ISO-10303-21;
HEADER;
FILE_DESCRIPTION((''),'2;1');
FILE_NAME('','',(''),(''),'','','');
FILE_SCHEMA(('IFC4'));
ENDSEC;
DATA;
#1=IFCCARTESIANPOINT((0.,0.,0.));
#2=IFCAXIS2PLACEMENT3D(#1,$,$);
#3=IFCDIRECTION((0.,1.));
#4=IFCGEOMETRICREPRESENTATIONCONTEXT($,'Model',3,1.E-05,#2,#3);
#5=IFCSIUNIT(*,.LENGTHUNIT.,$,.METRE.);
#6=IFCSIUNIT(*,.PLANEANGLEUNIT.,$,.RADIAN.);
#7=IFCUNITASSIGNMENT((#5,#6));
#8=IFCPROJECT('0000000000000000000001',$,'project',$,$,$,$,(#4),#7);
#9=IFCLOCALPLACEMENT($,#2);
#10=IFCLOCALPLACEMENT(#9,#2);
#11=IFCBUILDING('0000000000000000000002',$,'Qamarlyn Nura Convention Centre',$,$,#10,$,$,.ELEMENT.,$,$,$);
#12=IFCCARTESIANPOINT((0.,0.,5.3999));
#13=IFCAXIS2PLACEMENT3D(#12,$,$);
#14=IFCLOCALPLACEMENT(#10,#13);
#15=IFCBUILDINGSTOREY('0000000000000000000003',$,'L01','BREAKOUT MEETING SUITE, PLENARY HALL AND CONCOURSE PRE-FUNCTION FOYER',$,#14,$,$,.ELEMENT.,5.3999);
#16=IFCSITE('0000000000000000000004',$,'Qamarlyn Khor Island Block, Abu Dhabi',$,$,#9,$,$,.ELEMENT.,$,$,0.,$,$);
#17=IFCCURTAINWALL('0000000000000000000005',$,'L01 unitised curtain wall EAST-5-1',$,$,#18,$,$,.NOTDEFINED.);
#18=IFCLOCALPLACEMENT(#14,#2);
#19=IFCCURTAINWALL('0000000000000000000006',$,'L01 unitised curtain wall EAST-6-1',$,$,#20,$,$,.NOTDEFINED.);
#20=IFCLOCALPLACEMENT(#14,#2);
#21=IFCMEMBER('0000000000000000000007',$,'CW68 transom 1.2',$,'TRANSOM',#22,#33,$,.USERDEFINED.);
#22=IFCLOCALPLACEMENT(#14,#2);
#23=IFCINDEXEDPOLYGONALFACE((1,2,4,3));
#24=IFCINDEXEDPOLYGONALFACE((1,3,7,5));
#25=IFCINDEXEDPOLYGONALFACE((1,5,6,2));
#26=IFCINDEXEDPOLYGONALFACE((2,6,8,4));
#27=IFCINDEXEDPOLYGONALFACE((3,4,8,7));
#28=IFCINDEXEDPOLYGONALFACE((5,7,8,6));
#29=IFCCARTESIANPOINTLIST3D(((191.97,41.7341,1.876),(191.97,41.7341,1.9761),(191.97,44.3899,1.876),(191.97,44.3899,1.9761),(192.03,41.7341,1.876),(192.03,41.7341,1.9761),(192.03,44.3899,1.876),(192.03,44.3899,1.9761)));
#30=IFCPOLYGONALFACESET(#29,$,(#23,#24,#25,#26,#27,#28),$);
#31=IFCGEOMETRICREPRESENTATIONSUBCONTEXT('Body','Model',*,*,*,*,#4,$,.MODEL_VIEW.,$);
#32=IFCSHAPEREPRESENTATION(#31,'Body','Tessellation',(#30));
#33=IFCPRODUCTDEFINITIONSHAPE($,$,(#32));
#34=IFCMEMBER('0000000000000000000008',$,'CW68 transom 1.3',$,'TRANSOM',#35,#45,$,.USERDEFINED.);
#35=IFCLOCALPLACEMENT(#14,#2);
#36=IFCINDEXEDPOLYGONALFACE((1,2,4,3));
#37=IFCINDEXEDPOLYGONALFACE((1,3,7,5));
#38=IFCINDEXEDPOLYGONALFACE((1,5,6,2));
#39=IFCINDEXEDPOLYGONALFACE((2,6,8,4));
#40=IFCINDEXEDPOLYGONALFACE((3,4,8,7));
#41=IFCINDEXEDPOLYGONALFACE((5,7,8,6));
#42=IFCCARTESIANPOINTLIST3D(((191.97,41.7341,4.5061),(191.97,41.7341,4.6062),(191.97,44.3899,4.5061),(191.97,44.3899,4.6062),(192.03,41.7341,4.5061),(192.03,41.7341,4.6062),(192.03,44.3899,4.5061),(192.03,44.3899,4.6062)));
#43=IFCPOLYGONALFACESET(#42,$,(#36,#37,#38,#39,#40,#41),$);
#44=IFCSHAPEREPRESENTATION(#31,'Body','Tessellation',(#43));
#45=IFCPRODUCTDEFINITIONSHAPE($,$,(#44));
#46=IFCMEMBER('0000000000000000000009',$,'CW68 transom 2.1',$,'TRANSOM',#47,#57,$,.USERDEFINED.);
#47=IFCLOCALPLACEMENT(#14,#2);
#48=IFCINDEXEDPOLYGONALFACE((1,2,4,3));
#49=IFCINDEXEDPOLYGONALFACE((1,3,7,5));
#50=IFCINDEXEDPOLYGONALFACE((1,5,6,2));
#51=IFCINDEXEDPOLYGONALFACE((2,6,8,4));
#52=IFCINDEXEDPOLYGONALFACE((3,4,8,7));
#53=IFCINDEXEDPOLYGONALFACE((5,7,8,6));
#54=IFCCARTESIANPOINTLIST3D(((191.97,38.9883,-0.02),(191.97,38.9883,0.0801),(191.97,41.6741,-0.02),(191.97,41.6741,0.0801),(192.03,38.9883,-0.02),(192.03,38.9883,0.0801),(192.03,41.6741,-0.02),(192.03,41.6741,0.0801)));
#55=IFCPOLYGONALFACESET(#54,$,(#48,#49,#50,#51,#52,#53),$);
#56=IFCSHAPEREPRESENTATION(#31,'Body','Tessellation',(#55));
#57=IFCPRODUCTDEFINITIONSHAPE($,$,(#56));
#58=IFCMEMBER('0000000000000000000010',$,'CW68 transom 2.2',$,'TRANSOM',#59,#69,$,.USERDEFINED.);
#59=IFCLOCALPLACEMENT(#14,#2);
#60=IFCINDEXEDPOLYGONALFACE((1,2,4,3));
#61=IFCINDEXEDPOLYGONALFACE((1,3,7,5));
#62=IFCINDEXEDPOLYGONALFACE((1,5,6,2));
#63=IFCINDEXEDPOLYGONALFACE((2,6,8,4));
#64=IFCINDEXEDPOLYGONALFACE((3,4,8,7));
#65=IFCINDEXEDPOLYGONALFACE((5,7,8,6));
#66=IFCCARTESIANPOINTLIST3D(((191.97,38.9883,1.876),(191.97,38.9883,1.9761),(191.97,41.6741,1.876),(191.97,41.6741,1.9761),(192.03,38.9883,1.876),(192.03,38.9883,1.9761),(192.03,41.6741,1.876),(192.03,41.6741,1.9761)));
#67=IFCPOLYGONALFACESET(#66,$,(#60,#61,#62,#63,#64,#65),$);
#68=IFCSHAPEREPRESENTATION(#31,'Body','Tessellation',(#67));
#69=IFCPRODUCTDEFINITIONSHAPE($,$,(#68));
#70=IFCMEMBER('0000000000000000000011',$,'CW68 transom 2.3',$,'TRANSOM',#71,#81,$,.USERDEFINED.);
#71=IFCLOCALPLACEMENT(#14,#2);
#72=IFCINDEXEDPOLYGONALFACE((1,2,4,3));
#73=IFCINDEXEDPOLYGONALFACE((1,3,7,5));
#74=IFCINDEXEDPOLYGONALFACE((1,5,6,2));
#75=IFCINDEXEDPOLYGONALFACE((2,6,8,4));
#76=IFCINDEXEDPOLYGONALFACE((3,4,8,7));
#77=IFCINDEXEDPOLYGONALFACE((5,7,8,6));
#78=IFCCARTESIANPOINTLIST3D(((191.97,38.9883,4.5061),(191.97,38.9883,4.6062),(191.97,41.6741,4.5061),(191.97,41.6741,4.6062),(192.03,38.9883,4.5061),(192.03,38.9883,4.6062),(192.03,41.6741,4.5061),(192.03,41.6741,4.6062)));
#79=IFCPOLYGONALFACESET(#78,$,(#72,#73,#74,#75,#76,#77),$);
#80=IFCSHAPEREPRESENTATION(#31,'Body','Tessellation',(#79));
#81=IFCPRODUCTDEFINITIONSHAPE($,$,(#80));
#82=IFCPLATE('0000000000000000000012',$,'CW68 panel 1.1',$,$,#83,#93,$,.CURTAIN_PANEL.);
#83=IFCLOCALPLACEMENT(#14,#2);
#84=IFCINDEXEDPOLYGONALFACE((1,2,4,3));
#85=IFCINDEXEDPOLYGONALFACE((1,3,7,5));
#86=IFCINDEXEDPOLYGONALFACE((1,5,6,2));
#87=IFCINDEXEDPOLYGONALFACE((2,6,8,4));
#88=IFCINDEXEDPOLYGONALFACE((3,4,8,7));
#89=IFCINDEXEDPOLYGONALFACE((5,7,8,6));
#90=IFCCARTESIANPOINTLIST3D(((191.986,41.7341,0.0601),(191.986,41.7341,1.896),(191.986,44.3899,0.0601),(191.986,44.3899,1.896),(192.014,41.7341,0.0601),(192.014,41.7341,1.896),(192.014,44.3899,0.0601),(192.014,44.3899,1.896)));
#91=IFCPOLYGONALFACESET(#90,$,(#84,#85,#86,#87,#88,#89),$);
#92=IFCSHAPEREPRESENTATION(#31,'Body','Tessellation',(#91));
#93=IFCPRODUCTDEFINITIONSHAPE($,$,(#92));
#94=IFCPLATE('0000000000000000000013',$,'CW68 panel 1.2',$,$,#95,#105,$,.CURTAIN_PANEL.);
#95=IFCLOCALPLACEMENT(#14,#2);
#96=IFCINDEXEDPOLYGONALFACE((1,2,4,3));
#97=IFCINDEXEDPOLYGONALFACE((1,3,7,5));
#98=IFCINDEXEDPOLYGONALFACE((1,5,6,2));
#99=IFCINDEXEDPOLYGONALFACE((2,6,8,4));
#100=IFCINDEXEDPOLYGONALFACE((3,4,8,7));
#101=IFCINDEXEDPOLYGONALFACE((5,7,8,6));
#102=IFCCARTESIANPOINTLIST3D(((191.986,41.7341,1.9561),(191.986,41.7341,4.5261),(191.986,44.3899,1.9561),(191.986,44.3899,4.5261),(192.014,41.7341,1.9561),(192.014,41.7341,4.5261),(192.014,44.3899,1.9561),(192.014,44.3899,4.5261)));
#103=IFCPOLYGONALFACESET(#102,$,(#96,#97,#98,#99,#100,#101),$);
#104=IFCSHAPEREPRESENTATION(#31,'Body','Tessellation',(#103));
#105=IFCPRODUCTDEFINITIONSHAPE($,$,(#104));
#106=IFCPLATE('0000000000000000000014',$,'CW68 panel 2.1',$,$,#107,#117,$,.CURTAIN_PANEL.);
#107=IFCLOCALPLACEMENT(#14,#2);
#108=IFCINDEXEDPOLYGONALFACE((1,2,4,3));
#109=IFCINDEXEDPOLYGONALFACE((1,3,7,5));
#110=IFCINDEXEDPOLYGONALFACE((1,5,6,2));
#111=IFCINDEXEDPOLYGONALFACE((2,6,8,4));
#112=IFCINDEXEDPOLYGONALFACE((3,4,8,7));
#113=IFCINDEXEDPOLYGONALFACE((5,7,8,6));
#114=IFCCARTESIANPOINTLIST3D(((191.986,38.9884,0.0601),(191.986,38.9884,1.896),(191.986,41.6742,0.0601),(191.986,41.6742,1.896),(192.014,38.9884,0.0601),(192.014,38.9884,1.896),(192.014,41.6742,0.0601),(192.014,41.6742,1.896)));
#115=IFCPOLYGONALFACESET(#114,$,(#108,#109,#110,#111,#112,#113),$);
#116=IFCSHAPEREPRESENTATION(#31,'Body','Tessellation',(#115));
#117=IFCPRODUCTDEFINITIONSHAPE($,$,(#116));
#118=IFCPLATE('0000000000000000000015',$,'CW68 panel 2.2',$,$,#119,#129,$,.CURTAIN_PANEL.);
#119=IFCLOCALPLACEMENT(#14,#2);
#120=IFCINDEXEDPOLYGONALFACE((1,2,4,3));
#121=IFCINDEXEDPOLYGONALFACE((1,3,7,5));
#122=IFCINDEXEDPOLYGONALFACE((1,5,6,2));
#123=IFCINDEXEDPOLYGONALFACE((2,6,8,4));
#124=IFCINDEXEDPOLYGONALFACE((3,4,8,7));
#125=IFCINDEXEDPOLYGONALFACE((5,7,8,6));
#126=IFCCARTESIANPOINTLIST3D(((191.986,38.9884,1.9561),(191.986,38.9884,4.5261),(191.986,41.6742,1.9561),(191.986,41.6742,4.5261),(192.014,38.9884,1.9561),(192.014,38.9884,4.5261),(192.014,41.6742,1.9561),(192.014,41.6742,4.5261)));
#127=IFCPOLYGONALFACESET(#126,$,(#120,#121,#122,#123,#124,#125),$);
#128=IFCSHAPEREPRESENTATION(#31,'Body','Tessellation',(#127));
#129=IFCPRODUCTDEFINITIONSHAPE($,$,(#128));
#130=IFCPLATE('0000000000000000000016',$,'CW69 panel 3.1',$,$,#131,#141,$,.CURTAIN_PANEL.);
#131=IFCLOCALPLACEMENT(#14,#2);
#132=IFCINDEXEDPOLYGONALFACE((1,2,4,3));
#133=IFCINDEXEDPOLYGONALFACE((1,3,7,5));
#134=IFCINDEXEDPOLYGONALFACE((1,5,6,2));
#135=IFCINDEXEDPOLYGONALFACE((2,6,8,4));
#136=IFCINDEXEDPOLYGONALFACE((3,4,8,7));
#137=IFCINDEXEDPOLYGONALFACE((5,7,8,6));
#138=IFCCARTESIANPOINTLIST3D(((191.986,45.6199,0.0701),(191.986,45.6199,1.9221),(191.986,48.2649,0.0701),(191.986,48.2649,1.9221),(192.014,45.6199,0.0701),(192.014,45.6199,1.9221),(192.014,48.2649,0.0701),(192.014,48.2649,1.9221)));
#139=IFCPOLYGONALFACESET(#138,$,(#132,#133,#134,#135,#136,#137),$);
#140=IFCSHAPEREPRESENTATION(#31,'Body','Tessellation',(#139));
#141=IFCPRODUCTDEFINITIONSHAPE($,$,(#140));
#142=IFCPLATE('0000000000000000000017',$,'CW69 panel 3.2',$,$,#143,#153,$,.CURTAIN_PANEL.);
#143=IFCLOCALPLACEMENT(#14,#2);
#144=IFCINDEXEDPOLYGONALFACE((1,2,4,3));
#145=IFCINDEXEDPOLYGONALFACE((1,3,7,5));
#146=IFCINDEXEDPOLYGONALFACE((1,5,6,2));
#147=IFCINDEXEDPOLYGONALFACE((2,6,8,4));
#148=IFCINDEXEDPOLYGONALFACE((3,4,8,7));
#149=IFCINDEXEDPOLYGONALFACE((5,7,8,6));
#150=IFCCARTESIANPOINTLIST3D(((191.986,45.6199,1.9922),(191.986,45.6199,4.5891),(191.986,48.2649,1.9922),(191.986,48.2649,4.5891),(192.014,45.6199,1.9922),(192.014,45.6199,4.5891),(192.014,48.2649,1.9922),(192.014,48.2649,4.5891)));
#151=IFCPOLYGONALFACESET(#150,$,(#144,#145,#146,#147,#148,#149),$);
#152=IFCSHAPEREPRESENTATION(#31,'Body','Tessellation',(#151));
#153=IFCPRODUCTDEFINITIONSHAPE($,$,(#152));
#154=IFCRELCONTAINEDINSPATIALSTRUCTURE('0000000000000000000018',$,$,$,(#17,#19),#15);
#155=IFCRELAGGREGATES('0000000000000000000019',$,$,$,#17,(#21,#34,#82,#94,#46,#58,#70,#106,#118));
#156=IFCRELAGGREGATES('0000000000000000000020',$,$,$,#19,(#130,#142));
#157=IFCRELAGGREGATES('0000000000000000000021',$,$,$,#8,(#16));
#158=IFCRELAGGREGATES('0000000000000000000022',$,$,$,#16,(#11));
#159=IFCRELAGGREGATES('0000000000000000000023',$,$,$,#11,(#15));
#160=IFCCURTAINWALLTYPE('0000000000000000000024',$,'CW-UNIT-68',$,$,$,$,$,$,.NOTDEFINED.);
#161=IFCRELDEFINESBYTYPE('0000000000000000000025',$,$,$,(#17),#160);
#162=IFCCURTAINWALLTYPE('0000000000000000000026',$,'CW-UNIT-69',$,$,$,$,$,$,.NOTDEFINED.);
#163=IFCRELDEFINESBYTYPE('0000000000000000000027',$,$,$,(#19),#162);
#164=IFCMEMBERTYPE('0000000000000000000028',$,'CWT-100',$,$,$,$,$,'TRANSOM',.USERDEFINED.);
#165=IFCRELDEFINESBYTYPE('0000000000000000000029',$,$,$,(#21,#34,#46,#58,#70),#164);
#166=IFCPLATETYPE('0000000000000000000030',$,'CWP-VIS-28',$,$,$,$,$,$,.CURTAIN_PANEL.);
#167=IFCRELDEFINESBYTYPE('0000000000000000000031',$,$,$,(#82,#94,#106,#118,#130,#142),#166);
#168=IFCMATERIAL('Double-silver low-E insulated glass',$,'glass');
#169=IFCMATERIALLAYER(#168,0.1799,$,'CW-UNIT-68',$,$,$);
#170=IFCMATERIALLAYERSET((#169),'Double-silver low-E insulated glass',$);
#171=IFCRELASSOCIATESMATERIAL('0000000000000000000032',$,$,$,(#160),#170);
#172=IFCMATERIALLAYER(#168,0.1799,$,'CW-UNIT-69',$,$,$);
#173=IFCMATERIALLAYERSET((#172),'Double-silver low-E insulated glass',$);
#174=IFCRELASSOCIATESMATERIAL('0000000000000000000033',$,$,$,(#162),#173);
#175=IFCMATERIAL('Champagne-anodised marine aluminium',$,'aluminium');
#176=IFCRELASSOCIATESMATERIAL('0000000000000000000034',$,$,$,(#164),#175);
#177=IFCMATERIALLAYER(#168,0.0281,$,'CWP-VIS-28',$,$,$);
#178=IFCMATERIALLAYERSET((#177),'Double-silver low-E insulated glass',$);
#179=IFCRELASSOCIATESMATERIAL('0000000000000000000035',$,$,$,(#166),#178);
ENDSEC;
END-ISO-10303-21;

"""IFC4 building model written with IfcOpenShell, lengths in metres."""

from ifc_helpers import new_model, si_unit, direction, frame, origin, origin_2d, place, context, subcontext, project, spatial, rectangle, extrude, material, layer, layer_set, material_profile, profile_set, type_object, element, aggregate, save


model = new_model("IFC4")

# Units and contexts
model_context = context("Model", 3, precision=1e-05, world=origin(), true_north=direction((0.0, 1.0)))
body_context = subcontext(model_context, "Body", "Model", "MODEL_VIEW")
ifc_project = project(units=[si_unit("LENGTHUNIT", "METRE"), si_unit("PLANEANGLEUNIT", "RADIAN")], contexts=[model_context])

# Site, building, storey
site_placement = place(None, origin())
site = spatial("IfcSite", under=ifc_project, at=site_placement, Name="Qamarlyn Khor Island Block, Abu Dhabi", CompositionType="ELEMENT", RefElevation=0.0)
building_placement = place(site_placement, origin())
building = spatial("IfcBuilding", under=site, at=building_placement, Name="Qamarlyn Nura Convention Centre", CompositionType="ELEMENT")
storey_placement = place(building_placement, frame((0.0, 0.0, 5.3999)))
storey = spatial("IfcBuildingStorey", under=building, at=storey_placement, Name="L01", Description="BREAKOUT MEETING SUITE, PLENARY HALL AND CONCOURSE PRE-FUNCTION FOYER", CompositionType="ELEMENT", Elevation=5.3999)

# Curtain wall
ifc_material_1 = material(Name="Double-silver low-E insulated glass", Category="glass")
ifc_layer_1 = layer(ifc_material_1, 0.1799, Name="CW-UNIT-68")
ifc_layer_set_1 = layer_set([ifc_layer_1], Name="Double-silver low-E insulated glass")
curtain_wall_type_1 = type_object("IfcCurtainWallType", Name="CW-UNIT-68", PredefinedType="NOTDEFINED", material=ifc_layer_set_1)
curtain_wall_1_placement = place(storey_placement, origin())
curtain_wall_1 = element("IfcCurtainWall", 1, at=curtain_wall_1_placement, inside=storey, type_object=curtain_wall_type_1, Name="L01 unitised curtain wall EAST-5-1", PredefinedType="NOTDEFINED")
ifc_material_2 = material(Name="Champagne-anodised marine aluminium", Category="aluminium")

# Curtain wall
ifc_layer_2 = layer(ifc_material_1, 0.1799, Name="CW-UNIT-69")
ifc_layer_set_2 = layer_set([ifc_layer_2], Name="Double-silver low-E insulated glass")
curtain_wall_type_2 = type_object("IfcCurtainWallType", Name="CW-UNIT-69", PredefinedType="NOTDEFINED", material=ifc_layer_set_2)
curtain_wall_2_placement = place(storey_placement, origin())
curtain_wall_2 = element("IfcCurtainWall", 2, at=curtain_wall_2_placement, inside=storey, type_object=curtain_wall_type_2, Name="L01 unitised curtain wall EAST-6-1", PredefinedType="NOTDEFINED")

# Members
ifc_material_profile_1 = material_profile(ifc_material_2, rectangle(XDim=0.0601, YDim=0.1001, at=origin_2d()), Name="ALU TRANSOM 60x100")
ifc_profile_set_1 = profile_set([ifc_material_profile_1], Name="Champagne-anodised marine aluminium")
member_type_1 = type_object("IfcMemberType", Name="CWT-100", ElementType="TRANSOM", PredefinedType="USERDEFINED", material=ifc_profile_set_1)
member_1_placement = place(storey_placement, frame((192.0, 44.3899, 1.926), z_axis=(0.0, -1.0, 0.0), x_axis=(1.0, 0.0, 0.0)))
member_1 = element("IfcMember", 3, at=member_1_placement, type_object=member_type_1, Name="CW68 transom 1.2", ObjectType="TRANSOM", PredefinedType="USERDEFINED", context=body_context, shape_type="SweptSolid", body=[
    extrude(rectangle(XDim=0.0601, YDim=0.1001, at=origin_2d()), origin(), (0.0, 0.0, 1.0), 2.6558),
])
member_2_placement = place(storey_placement, frame((192.0, 44.3899, 4.5562), z_axis=(0.0, -1.0, 0.0), x_axis=(1.0, 0.0, 0.0)))
member_2 = element("IfcMember", 4, at=member_2_placement, type_object=member_type_1, Name="CW68 transom 1.3", ObjectType="TRANSOM", PredefinedType="USERDEFINED", context=body_context, shape_type="SweptSolid", body=[
    extrude(rectangle(XDim=0.0601, YDim=0.1001, at=origin_2d()), origin(), (0.0, 0.0, 1.0), 2.6558),
])
member_3_placement = place(storey_placement, frame((192.0, 41.6741, 0.03), z_axis=(0.0, -1.0, 0.0), x_axis=(1.0, 0.0, 0.0)))
member_3 = element("IfcMember", 5, at=member_3_placement, type_object=member_type_1, Name="CW68 transom 2.1", ObjectType="TRANSOM", PredefinedType="USERDEFINED", context=body_context, shape_type="SweptSolid", body=[
    extrude(rectangle(XDim=0.0601, YDim=0.1001, at=origin_2d()), origin(), (0.0, 0.0, 1.0), 2.6858),
])
member_4_placement = place(storey_placement, frame((192.0, 41.6741, 1.926), z_axis=(0.0, -1.0, 0.0), x_axis=(1.0, 0.0, 0.0)))
member_4 = element("IfcMember", 6, at=member_4_placement, type_object=member_type_1, Name="CW68 transom 2.2", ObjectType="TRANSOM", PredefinedType="USERDEFINED", context=body_context, shape_type="SweptSolid", body=[
    extrude(rectangle(XDim=0.0601, YDim=0.1001, at=origin_2d()), origin(), (0.0, 0.0, 1.0), 2.6858),
])
member_5_placement = place(storey_placement, frame((192.0, 41.6741, 4.5562), z_axis=(0.0, -1.0, 0.0), x_axis=(1.0, 0.0, 0.0)))
member_5 = element("IfcMember", 7, at=member_5_placement, type_object=member_type_1, Name="CW68 transom 2.3", ObjectType="TRANSOM", PredefinedType="USERDEFINED", context=body_context, shape_type="SweptSolid", body=[
    extrude(rectangle(XDim=0.0601, YDim=0.1001, at=origin_2d()), origin(), (0.0, 0.0, 1.0), 2.6858),
])

# Plates
ifc_layer_3 = layer(ifc_material_1, 0.0281, Name="CWP-VIS-28")
ifc_layer_set_3 = layer_set([ifc_layer_3], Name="Double-silver low-E insulated glass")
plate_type = type_object("IfcPlateType", Name="CWP-VIS-28", PredefinedType="CURTAIN_PANEL", material=ifc_layer_set_3)
plate_1_placement = place(storey_placement, frame((192.0, 43.062, 0.0601), z_axis=(0.0, 0.0, 1.0), x_axis=(0.0, -1.0, 0.0)))
plate_1 = element("IfcPlate", 8, at=plate_1_placement, type_object=plate_type, Name="CW68 panel 1.1", PredefinedType="CURTAIN_PANEL", context=body_context, shape_type="SweptSolid", body=[
    extrude(rectangle(XDim=2.6558, YDim=0.0281, at=origin_2d()), origin(), (0.0, 0.0, 1.0), 1.8359),
])
plate_2_placement = place(storey_placement, frame((192.0, 43.062, 1.9561), z_axis=(0.0, 0.0, 1.0), x_axis=(0.0, -1.0, 0.0)))
plate_2 = element("IfcPlate", 9, at=plate_2_placement, type_object=plate_type, Name="CW68 panel 1.2", PredefinedType="CURTAIN_PANEL", context=body_context, shape_type="SweptSolid", body=[
    extrude(rectangle(XDim=2.6558, YDim=0.0281, at=origin_2d()), origin(), (0.0, 0.0, 1.0), 2.5701),
])
plate_3_placement = place(storey_placement, frame((192.0, 40.3313, 0.0601), z_axis=(0.0, 0.0, 1.0), x_axis=(0.0, -1.0, 0.0)))
plate_3 = element("IfcPlate", 10, at=plate_3_placement, type_object=plate_type, Name="CW68 panel 2.1", PredefinedType="CURTAIN_PANEL", context=body_context, shape_type="SweptSolid", body=[
    extrude(rectangle(XDim=2.6858, YDim=0.0281, at=origin_2d()), origin(), (0.0, 0.0, 1.0), 1.8359),
])
plate_4_placement = place(storey_placement, frame((192.0, 40.3313, 1.9561), z_axis=(0.0, 0.0, 1.0), x_axis=(0.0, -1.0, 0.0)))
plate_4 = element("IfcPlate", 11, at=plate_4_placement, type_object=plate_type, Name="CW68 panel 2.2", PredefinedType="CURTAIN_PANEL", context=body_context, shape_type="SweptSolid", body=[
    extrude(rectangle(XDim=2.6858, YDim=0.0281, at=origin_2d()), origin(), (0.0, 0.0, 1.0), 2.5701),
])
aggregate(curtain_wall_1, [member_1, member_2, plate_1, plate_2, member_3, member_4, member_5, plate_3, plate_4])
plate_5_placement = place(storey_placement, frame((192.0, 46.9424, 0.0701), z_axis=(0.0, 0.0, 1.0), x_axis=(0.0, -1.0, 0.0)))
plate_5 = element("IfcPlate", 12, at=plate_5_placement, type_object=plate_type, Name="CW69 panel 3.1", PredefinedType="CURTAIN_PANEL", context=body_context, shape_type="SweptSolid", body=[
    extrude(rectangle(XDim=2.645, YDim=0.0281, at=origin_2d()), origin(), (0.0, 0.0, 1.0), 1.8521),
])
plate_6_placement = place(storey_placement, frame((192.0, 46.9424, 1.9922), z_axis=(0.0, 0.0, 1.0), x_axis=(0.0, -1.0, 0.0)))
plate_6 = element("IfcPlate", 13, at=plate_6_placement, type_object=plate_type, Name="CW69 panel 3.2", PredefinedType="CURTAIN_PANEL", context=body_context, shape_type="SweptSolid", body=[
    extrude(rectangle(XDim=2.645, YDim=0.0281, at=origin_2d()), origin(), (0.0, 0.0, 1.0), 2.5969),
])
aggregate(curtain_wall_2, [plate_5, plate_6])

save(model, "model.ifc")
